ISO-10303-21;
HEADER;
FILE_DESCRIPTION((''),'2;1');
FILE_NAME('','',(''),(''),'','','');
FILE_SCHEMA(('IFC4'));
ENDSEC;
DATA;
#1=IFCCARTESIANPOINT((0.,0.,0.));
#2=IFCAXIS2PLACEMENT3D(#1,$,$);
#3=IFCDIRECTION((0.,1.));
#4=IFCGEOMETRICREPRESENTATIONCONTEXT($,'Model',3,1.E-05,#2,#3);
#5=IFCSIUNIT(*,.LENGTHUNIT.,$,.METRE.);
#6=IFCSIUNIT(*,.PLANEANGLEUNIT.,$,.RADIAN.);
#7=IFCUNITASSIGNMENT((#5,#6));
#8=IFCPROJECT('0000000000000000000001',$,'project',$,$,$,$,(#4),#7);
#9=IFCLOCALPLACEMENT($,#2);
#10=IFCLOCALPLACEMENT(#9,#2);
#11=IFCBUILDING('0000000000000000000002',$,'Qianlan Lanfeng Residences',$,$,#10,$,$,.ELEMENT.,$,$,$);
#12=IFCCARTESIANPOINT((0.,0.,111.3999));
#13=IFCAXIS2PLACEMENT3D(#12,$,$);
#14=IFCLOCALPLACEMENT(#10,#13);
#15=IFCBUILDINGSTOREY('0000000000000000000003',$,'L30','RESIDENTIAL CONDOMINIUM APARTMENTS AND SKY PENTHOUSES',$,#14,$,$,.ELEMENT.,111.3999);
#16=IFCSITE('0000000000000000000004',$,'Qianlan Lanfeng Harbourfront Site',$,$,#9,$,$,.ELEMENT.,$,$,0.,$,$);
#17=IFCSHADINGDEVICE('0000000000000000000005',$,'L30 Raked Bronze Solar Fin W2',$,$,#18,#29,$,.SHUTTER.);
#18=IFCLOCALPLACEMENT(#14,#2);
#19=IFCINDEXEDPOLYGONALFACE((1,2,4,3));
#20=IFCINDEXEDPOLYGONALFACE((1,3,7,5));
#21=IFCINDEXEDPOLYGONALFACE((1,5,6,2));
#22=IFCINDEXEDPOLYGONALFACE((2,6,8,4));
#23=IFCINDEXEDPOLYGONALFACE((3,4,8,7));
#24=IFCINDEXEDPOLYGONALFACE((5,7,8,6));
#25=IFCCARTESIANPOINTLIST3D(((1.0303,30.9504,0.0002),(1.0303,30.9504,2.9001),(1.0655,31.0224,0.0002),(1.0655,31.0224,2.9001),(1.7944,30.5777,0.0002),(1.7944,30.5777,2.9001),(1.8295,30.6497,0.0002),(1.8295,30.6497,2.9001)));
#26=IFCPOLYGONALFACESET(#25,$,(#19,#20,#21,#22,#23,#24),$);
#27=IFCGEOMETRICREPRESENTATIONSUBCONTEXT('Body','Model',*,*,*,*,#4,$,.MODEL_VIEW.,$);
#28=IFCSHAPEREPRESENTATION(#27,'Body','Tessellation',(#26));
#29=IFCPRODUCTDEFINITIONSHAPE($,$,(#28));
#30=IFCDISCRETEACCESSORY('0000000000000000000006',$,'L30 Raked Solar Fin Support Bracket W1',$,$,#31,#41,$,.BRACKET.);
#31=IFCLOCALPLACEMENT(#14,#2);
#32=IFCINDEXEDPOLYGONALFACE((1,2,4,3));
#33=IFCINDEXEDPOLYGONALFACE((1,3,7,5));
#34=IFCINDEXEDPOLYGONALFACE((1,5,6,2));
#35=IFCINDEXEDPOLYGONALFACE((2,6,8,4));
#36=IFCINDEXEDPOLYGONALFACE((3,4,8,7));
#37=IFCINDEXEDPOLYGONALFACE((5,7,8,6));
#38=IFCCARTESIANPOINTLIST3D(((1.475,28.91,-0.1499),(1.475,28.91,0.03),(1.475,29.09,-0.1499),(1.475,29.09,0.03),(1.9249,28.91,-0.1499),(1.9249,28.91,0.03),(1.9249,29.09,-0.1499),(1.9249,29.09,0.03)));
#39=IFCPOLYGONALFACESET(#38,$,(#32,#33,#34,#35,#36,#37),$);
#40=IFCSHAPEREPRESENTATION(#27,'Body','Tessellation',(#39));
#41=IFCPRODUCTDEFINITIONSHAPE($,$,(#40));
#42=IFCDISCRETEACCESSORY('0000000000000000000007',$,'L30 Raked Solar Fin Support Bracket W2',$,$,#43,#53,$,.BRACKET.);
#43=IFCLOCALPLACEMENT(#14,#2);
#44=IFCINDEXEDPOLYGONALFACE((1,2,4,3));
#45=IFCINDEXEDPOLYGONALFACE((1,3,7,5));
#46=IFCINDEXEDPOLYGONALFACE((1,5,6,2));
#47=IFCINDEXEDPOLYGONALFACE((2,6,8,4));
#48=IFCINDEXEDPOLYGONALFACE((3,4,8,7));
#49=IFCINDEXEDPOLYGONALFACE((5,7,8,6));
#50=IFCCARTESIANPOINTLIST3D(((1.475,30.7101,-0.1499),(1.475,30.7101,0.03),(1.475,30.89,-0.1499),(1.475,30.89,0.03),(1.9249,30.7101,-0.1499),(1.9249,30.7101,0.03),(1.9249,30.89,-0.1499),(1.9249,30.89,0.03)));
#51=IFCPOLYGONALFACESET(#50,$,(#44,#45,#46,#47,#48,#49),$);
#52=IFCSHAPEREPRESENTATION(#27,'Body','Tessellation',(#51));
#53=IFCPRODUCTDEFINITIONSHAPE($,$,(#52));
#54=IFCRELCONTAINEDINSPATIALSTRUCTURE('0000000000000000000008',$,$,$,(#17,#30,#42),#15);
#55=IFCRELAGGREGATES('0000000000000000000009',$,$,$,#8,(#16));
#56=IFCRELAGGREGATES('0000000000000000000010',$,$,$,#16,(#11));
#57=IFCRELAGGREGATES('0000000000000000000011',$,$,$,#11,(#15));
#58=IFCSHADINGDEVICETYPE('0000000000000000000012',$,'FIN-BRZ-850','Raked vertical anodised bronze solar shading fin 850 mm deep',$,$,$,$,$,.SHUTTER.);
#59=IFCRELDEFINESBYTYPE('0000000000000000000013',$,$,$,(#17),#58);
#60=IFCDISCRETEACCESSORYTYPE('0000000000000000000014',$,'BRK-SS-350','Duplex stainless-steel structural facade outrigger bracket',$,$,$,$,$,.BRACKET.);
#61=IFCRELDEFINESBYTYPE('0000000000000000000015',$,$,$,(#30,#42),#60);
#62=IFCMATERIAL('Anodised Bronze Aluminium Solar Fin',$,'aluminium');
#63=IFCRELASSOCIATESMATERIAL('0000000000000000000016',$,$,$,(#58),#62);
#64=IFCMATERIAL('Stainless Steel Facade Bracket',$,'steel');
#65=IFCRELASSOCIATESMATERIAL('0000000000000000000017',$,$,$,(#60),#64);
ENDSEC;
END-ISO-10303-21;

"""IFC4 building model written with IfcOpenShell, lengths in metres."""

from ifc_helpers import new_model, si_unit, direction, frame, origin, origin_2d, place, context, subcontext, project, spatial, rectangle, extrude, source, transform, mapped, material, type_object, element, save


model = new_model("IFC4")

# Units and contexts
model_context = context("Model", 3, precision=1e-05, world=origin(), true_north=direction((0.0, 1.0)))
body_context = subcontext(model_context, "Body", "Model", "MODEL_VIEW")
ifc_project = project(units=[si_unit("LENGTHUNIT", "METRE"), si_unit("PLANEANGLEUNIT", "RADIAN")], contexts=[model_context])

# Site, building, storey
site_placement = place(None, origin())
site = spatial("IfcSite", under=ifc_project, at=site_placement, Name="Qianlan Lanfeng Harbourfront Site", CompositionType="ELEMENT", RefElevation=0.0)
building_placement = place(site_placement, origin())
building = spatial("IfcBuilding", under=site, at=building_placement, Name="Qianlan Lanfeng Residences", CompositionType="ELEMENT")
storey_placement = place(building_placement, frame((0.0, 0.0, 111.3999)))
storey = spatial("IfcBuildingStorey", under=building, at=storey_placement, Name="L30", Description="RESIDENTIAL CONDOMINIUM APARTMENTS AND SKY PENTHOUSES", CompositionType="ELEMENT", Elevation=111.3999)

# Shading device
ifc_material_1 = material(Name="Anodised Bronze Aluminium Solar Fin", Category="aluminium")
shading_device_type = type_object("IfcShadingDeviceType", Name="FIN-BRZ-850", Description="Raked vertical anodised bronze solar shading fin 850 mm deep", PredefinedType="SHUTTER", material=ifc_material_1)
shared_shape_1 = source(origin(), body_context, "Body", "SweptSolid", [
    extrude(rectangle(XDim=0.8501, YDim=0.0801, at=origin_2d()), origin(), (0.0, 0.0, 1.0), 2.8999),
])
for number, where, z_axis, x_axis, name in (
    (1, (1.4299, 30.8, 0.0002), (0.0, 0.0, 1.0), (0.898794, -0.438371, 0.0), "L30 Raked Bronze Solar Fin W2"),
):
    element("IfcShadingDevice", number, at=place(storey_placement, frame(where, z_axis=z_axis, x_axis=x_axis)), inside=storey, type_object=shading_device_type, Name=name, PredefinedType="SHUTTER", context=body_context, shape_type="MappedRepresentation", body=[
        mapped(shared_shape_1, transform((0.0, 0.0, 0.0), scale=1.0)),
    ])

# Discrete accessories
ifc_material_2 = material(Name="Stainless Steel Facade Bracket", Category="steel")
discrete_accessory_type = type_object("IfcDiscreteAccessoryType", Name="BRK-SS-350", Description="Duplex stainless-steel structural facade outrigger bracket", PredefinedType="BRACKET", material=ifc_material_2)
shared_shape_2 = source(origin(), body_context, "Body", "SweptSolid", [
    extrude(rectangle(XDim=0.45, YDim=0.1799, at=origin_2d()), origin(), (0.0, 0.0, 1.0), 0.1799),
])
for number, where, z_axis, x_axis, name in (
    (2, (1.7, 29.0, -0.1499), (0.0, 0.0, 1.0), (1.0, 0.0, 0.0), "L30 Raked Solar Fin Support Bracket W1"),
    (3, (1.7, 30.8, -0.1499), (0.0, 0.0, 1.0), (1.0, 0.0, 0.0), "L30 Raked Solar Fin Support Bracket W2"),
):
    element("IfcDiscreteAccessory", number, at=place(storey_placement, frame(where, z_axis=z_axis, x_axis=x_axis)), inside=storey, type_object=discrete_accessory_type, Name=name, PredefinedType="BRACKET", context=body_context, shape_type="MappedRepresentation", body=[
        mapped(shared_shape_2, transform((0.0, 0.0, 0.0), scale=1.0)),
    ])

save(model, "model.ifc")
